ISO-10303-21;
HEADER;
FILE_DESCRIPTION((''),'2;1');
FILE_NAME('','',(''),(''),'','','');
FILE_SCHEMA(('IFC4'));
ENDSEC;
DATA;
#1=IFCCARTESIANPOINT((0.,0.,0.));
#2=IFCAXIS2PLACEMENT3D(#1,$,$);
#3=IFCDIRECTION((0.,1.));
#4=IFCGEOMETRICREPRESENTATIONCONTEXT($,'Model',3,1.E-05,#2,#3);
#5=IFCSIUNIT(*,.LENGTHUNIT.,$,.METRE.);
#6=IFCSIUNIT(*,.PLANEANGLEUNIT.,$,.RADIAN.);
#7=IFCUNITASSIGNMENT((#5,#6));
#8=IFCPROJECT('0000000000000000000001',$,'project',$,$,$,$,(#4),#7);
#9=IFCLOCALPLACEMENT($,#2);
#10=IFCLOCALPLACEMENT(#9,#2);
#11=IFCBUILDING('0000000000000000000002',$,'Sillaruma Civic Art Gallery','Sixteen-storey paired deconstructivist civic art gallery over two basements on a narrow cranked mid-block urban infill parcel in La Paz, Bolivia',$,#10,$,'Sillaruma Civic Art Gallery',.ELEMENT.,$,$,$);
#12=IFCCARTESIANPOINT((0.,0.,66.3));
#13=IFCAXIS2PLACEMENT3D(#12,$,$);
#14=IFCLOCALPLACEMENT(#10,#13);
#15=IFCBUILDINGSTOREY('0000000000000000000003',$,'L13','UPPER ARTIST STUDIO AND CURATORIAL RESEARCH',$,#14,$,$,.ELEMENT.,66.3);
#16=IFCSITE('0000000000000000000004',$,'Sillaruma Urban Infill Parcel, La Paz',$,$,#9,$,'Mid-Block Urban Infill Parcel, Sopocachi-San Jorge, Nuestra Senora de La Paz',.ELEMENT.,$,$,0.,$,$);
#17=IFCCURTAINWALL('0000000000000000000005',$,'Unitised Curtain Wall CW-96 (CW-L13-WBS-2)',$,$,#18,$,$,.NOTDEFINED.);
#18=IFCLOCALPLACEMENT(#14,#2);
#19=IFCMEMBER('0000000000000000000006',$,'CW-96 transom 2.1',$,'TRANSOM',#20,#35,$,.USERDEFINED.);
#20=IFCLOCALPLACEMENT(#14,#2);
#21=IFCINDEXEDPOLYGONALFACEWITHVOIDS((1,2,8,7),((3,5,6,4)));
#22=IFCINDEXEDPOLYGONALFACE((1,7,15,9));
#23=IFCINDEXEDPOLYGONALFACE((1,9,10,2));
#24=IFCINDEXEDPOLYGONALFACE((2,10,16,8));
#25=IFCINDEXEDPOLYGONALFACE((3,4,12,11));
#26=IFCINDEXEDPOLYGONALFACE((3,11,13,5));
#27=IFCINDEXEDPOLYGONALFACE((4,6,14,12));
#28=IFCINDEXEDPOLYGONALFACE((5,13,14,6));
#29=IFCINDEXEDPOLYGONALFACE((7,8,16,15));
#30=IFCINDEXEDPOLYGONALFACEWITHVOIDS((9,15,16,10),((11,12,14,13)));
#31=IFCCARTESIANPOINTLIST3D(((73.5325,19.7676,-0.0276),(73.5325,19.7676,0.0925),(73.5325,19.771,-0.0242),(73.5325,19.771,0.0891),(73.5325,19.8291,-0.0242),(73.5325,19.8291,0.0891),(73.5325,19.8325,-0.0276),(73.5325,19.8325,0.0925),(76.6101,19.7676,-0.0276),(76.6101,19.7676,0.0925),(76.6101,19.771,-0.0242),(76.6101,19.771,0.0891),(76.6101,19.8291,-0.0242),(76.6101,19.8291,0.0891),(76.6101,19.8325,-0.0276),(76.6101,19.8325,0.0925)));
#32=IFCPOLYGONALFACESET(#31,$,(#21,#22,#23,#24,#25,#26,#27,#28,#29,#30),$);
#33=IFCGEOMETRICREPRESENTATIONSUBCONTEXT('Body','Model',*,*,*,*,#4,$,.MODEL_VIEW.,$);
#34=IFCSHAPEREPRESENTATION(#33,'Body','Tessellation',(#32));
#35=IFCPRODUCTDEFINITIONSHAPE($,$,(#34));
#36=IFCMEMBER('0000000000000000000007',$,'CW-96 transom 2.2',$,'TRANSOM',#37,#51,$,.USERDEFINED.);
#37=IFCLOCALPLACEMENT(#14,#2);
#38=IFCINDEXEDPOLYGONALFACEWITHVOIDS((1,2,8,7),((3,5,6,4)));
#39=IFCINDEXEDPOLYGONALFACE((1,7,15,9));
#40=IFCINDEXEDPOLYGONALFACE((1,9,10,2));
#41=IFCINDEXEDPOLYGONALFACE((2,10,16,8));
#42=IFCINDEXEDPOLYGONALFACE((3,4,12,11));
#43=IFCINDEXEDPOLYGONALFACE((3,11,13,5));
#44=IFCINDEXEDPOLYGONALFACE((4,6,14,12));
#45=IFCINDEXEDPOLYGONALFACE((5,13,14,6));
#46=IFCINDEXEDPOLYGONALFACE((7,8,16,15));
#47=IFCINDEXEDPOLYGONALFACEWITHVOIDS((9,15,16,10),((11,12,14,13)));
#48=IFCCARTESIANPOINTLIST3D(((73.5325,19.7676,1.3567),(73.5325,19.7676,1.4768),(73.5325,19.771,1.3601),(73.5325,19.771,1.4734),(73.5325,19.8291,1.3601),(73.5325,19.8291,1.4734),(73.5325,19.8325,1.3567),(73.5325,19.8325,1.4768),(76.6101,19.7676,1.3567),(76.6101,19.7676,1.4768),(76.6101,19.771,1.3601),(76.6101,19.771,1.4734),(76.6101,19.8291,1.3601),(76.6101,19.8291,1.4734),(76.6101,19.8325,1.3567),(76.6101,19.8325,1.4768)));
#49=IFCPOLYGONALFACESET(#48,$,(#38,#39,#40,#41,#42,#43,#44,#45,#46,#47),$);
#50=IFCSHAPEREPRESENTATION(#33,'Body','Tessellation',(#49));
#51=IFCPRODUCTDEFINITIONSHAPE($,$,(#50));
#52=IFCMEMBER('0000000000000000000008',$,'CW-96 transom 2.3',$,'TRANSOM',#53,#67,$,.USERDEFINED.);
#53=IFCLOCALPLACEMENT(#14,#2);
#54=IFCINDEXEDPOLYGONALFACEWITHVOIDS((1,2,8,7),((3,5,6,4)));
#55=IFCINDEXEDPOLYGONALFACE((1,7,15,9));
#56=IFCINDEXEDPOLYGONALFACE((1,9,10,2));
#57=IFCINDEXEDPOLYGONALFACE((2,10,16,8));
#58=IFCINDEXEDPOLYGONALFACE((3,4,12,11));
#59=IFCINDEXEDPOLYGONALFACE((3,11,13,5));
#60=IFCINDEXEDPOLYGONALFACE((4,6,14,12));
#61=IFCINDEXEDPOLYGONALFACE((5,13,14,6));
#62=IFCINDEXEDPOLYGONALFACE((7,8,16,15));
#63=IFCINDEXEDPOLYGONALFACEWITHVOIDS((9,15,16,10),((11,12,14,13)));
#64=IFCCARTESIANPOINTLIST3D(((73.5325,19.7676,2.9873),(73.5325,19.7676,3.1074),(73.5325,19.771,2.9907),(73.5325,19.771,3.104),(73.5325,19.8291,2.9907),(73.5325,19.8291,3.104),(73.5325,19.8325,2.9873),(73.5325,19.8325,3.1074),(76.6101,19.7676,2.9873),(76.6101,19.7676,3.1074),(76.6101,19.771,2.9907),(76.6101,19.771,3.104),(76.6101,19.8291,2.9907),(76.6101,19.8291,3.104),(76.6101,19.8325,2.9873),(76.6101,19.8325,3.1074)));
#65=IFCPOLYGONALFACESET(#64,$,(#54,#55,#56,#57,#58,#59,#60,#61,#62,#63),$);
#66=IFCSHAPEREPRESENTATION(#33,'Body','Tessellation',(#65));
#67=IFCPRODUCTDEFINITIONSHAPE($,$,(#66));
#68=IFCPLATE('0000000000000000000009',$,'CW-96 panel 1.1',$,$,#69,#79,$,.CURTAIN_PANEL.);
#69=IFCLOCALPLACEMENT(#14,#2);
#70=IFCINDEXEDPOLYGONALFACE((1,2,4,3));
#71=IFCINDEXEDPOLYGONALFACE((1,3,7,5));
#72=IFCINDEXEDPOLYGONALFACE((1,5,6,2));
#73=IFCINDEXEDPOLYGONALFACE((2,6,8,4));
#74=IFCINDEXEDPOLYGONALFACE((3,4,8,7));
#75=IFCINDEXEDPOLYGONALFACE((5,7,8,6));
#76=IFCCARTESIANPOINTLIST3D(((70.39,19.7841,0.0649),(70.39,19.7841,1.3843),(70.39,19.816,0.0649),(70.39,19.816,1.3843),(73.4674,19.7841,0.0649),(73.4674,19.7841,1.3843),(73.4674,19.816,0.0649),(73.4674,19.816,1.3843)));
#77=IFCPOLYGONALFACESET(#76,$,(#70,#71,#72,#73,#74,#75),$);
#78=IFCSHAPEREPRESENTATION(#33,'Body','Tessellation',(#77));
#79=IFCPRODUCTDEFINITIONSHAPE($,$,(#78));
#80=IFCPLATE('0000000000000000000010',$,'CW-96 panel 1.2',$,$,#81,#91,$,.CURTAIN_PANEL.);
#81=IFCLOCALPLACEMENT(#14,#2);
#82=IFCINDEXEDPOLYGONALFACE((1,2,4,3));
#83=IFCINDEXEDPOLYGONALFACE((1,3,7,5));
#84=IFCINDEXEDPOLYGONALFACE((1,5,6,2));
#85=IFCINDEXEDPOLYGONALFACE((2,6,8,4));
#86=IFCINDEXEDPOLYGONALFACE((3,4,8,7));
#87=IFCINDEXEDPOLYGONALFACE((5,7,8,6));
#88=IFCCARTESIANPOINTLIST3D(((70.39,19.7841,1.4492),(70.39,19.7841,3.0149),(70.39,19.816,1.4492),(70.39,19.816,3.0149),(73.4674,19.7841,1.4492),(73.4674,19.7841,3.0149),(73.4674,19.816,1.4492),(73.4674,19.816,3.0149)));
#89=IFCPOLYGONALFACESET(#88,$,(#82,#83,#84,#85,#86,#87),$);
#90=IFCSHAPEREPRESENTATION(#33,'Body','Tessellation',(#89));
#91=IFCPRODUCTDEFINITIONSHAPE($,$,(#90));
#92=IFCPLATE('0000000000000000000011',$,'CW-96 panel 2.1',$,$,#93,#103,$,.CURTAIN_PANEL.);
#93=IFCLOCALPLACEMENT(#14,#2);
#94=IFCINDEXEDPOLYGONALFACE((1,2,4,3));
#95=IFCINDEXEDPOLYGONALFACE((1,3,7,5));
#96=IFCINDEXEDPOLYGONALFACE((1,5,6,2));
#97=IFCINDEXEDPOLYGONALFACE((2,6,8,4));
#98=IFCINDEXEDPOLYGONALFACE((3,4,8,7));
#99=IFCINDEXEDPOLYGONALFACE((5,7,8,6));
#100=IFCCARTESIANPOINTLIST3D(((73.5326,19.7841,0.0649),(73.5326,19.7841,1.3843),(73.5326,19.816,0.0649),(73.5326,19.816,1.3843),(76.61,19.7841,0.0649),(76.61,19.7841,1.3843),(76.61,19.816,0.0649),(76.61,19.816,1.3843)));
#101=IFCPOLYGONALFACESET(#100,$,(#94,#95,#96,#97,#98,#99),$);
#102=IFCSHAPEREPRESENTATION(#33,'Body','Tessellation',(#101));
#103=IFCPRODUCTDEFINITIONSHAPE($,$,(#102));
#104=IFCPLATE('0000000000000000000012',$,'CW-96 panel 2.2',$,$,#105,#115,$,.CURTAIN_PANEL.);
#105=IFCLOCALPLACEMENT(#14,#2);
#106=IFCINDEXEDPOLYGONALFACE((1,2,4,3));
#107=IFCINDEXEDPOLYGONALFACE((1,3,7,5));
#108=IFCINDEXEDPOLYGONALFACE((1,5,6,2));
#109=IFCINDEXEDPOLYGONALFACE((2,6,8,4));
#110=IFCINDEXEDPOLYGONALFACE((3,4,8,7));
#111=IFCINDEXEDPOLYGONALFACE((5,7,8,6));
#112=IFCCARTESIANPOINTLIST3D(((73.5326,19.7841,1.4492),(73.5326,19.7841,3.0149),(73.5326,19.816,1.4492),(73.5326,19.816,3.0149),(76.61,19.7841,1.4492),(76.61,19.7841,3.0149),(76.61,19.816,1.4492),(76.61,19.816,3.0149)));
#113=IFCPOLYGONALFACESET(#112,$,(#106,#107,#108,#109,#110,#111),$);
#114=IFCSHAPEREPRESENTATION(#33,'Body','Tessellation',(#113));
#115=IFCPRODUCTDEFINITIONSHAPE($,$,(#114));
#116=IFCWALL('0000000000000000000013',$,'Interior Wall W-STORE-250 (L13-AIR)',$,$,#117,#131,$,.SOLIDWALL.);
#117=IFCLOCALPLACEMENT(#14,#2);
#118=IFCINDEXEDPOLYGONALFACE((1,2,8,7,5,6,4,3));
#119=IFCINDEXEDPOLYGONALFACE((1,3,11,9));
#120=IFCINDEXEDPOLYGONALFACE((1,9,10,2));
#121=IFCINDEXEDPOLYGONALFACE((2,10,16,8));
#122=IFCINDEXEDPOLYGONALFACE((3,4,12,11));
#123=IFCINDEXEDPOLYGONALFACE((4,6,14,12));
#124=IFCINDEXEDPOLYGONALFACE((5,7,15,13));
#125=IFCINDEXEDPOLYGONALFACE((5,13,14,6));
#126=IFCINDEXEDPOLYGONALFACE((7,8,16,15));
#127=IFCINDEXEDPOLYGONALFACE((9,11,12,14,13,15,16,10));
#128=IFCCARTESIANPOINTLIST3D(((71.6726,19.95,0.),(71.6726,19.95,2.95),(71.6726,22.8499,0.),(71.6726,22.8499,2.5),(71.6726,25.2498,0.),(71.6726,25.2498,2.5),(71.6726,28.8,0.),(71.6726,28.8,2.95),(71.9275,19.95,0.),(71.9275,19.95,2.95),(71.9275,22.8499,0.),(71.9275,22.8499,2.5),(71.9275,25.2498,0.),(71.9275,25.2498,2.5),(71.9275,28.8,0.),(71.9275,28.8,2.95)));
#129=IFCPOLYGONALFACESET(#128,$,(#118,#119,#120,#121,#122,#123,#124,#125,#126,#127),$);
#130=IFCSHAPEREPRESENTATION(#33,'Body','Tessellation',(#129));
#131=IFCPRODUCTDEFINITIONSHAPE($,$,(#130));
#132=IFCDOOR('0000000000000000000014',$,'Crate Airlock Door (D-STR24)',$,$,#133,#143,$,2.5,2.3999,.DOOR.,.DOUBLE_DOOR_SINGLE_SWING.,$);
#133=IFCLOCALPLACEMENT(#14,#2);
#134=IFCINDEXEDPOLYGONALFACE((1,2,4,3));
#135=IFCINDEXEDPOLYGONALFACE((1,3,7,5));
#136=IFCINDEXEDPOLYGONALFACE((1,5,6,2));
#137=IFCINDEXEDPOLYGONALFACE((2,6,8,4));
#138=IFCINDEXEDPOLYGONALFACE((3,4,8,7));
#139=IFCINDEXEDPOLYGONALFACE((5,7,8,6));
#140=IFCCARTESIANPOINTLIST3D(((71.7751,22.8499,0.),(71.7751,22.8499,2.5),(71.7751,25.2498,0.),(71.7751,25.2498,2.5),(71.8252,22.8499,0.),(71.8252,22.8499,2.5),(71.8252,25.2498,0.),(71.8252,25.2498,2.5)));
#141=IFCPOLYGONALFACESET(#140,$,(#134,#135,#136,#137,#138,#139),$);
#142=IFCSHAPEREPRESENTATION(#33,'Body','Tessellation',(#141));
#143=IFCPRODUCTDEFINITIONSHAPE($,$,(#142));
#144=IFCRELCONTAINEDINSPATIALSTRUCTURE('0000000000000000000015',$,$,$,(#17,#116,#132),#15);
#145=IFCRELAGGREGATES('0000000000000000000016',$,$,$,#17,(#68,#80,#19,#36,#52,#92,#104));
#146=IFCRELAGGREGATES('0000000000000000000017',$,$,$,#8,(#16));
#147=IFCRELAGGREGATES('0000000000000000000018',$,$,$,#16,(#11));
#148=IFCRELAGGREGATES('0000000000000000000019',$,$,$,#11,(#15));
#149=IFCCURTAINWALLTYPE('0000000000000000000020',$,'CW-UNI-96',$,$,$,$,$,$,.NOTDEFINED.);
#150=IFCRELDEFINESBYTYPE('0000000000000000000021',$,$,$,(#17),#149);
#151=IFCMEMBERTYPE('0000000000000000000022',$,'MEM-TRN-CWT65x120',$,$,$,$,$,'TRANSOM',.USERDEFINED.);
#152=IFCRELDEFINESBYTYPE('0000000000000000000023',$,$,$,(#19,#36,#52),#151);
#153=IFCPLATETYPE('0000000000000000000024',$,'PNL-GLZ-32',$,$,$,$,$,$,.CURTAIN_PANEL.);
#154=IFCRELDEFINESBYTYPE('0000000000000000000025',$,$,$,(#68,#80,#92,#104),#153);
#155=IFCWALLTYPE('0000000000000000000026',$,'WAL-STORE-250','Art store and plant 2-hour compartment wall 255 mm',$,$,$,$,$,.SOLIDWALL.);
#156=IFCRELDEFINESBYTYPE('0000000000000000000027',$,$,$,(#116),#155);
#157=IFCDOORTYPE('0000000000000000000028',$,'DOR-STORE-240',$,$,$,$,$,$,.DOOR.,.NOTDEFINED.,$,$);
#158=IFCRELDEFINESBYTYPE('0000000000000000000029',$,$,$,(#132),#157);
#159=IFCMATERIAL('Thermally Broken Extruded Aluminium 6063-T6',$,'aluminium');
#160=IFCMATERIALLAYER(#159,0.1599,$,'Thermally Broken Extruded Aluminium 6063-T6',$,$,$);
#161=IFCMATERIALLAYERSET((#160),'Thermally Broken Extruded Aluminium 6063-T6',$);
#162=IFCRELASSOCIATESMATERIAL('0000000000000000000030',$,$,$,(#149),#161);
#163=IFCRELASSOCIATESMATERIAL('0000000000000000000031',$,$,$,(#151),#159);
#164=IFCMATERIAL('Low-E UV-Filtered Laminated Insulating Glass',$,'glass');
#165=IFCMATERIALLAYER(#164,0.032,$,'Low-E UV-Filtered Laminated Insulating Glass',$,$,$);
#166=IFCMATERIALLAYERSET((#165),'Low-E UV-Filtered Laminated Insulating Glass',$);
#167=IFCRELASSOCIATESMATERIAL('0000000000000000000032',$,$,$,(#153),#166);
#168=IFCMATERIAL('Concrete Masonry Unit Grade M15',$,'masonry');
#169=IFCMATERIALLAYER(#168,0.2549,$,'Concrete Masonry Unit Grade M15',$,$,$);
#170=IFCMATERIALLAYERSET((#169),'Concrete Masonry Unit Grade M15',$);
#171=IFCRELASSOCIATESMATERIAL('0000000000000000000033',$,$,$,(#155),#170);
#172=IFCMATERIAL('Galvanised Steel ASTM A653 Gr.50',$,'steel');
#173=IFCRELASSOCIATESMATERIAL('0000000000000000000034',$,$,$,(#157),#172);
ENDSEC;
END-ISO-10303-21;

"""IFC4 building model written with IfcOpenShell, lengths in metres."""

from ifc_helpers import new_model, si_unit, direction, frame, frame_2d, origin, origin_2d, place, context, subcontext, project, spatial, rectangle, hollow_rectangle, extrude, material, layer, layer_set, material_profile, profile_set, type_object, element, fill, aggregate, save


model = new_model("IFC4")

# Units and contexts
model_context = context("Model", 3, precision=1e-05, world=origin(), true_north=direction((0.0, 1.0)))
body_context = subcontext(model_context, "Body", "Model", "MODEL_VIEW")
ifc_project = project(units=[si_unit("LENGTHUNIT", "METRE"), si_unit("PLANEANGLEUNIT", "RADIAN")], contexts=[model_context])

# Site, building, storey
site_placement = place(None, origin())
site = spatial("IfcSite", under=ifc_project, at=site_placement, Name="Sillaruma Urban Infill Parcel, La Paz", LongName="Mid-Block Urban Infill Parcel, Sopocachi-San Jorge, Nuestra Senora de La Paz", CompositionType="ELEMENT", RefElevation=0.0)
building_placement = place(site_placement, origin())
building = spatial("IfcBuilding", under=site, at=building_placement, Name="Sillaruma Civic Art Gallery", Description="Sixteen-storey paired deconstructivist civic art gallery over two basements on a narrow cranked mid-block urban infill parcel in La Paz, Bolivia", LongName="Sillaruma Civic Art Gallery", CompositionType="ELEMENT")
storey_placement = place(building_placement, frame((0.0, 0.0, 66.3)))
storey = spatial("IfcBuildingStorey", under=building, at=storey_placement, Name="L13", Description="UPPER ARTIST STUDIO AND CURATORIAL RESEARCH", CompositionType="ELEMENT", Elevation=66.3)

# Curtain wall, members, plates
ifc_material_1 = material(Name="Thermally Broken Extruded Aluminium 6063-T6", Category="aluminium")
ifc_layer_1 = layer(ifc_material_1, 0.1599, Name="Thermally Broken Extruded Aluminium 6063-T6")
ifc_layer_set_1 = layer_set([ifc_layer_1], Name="Thermally Broken Extruded Aluminium 6063-T6")
curtain_wall_type = type_object("IfcCurtainWallType", Name="CW-UNI-96", PredefinedType="NOTDEFINED", material=ifc_layer_set_1)
curtain_wall_placement = place(storey_placement, origin())
curtain_wall = element("IfcCurtainWall", 1, at=curtain_wall_placement, inside=storey, type_object=curtain_wall_type, Name="Unitised Curtain Wall CW-96 (CW-L13-WBS-2)", PredefinedType="NOTDEFINED")
ifc_material_profile_1 = material_profile(ifc_material_1, hollow_rectangle(XDim=0.0649, YDim=0.1201, WallThickness=0.0034, at=origin_2d()), Name="CWT65x120")
ifc_profile_set_1 = profile_set([ifc_material_profile_1], Name="Thermally Broken Extruded Aluminium 6063-T6")
member_type_1 = type_object("IfcMemberType", Name="MEM-TRN-CWT65x120", ElementType="TRANSOM", PredefinedType="USERDEFINED", material=ifc_profile_set_1)
member_1_placement = place(storey_placement, frame((73.5325, 19.8, 0.0325), z_axis=(1.0, 0.0, 0.0), x_axis=(0.0, 1.0, 0.0)))
member_1 = element("IfcMember", 2, at=member_1_placement, type_object=member_type_1, Name="CW-96 transom 2.1", ObjectType="TRANSOM", PredefinedType="USERDEFINED", context=body_context, shape_type="SweptSolid", body=[
    extrude(hollow_rectangle(XDim=0.0649, YDim=0.1201, WallThickness=0.0034, at=origin_2d()), origin(), (0.0, 0.0, 1.0), 3.0776),
])
member_2_placement = place(storey_placement, frame((73.5325, 19.8, 1.4167), z_axis=(1.0, 0.0, 0.0), x_axis=(0.0, 1.0, 0.0)))
member_2 = element("IfcMember", 3, at=member_2_placement, type_object=member_type_1, Name="CW-96 transom 2.2", ObjectType="TRANSOM", PredefinedType="USERDEFINED", context=body_context, shape_type="SweptSolid", body=[
    extrude(hollow_rectangle(XDim=0.0649, YDim=0.1201, WallThickness=0.0034, at=origin_2d()), origin(), (0.0, 0.0, 1.0), 3.0776),
])
member_3_placement = place(storey_placement, frame((73.5325, 19.8, 3.0474), z_axis=(1.0, 0.0, 0.0), x_axis=(0.0, 1.0, 0.0)))
member_3 = element("IfcMember", 4, at=member_3_placement, type_object=member_type_1, Name="CW-96 transom 2.3", ObjectType="TRANSOM", PredefinedType="USERDEFINED", context=body_context, shape_type="SweptSolid", body=[
    extrude(hollow_rectangle(XDim=0.0649, YDim=0.1201, WallThickness=0.0034, at=origin_2d()), origin(), (0.0, 0.0, 1.0), 3.0776),
])
ifc_material_2 = material(Name="Low-E UV-Filtered Laminated Insulating Glass", Category="glass")
ifc_layer_2 = layer(ifc_material_2, 0.032, Name="Low-E UV-Filtered Laminated Insulating Glass")
ifc_layer_set_2 = layer_set([ifc_layer_2], Name="Low-E UV-Filtered Laminated Insulating Glass")
plate_type = type_object("IfcPlateType", Name="PNL-GLZ-32", PredefinedType="CURTAIN_PANEL", material=ifc_layer_set_2)
plate_1_placement = place(storey_placement, frame((71.9287, 19.8, 0.0649), z_axis=(0.0, 0.0, 1.0), x_axis=(1.0, 0.0, 0.0)))
plate_1 = element("IfcPlate", 5, at=plate_1_placement, type_object=plate_type, Name="CW-96 panel 1.1", PredefinedType="CURTAIN_PANEL", context=body_context, shape_type="SweptSolid", body=[
    extrude(rectangle(XDim=3.0774, YDim=0.032, at=origin_2d()), origin(), (0.0, 0.0, 1.0), 1.3193),
])
plate_2_placement = place(storey_placement, frame((71.9287, 19.8, 1.4492), z_axis=(0.0, 0.0, 1.0), x_axis=(1.0, 0.0, 0.0)))
plate_2 = element("IfcPlate", 6, at=plate_2_placement, type_object=plate_type, Name="CW-96 panel 1.2", PredefinedType="CURTAIN_PANEL", context=body_context, shape_type="SweptSolid", body=[
    extrude(rectangle(XDim=3.0774, YDim=0.032, at=origin_2d()), origin(), (0.0, 0.0, 1.0), 1.5657),
])
plate_3_placement = place(storey_placement, frame((75.0713, 19.8, 0.0649), z_axis=(0.0, 0.0, 1.0), x_axis=(1.0, 0.0, 0.0)))
plate_3 = element("IfcPlate", 7, at=plate_3_placement, type_object=plate_type, Name="CW-96 panel 2.1", PredefinedType="CURTAIN_PANEL", context=body_context, shape_type="SweptSolid", body=[
    extrude(rectangle(XDim=3.0774, YDim=0.032, at=origin_2d()), origin(), (0.0, 0.0, 1.0), 1.3193),
])
plate_4_placement = place(storey_placement, frame((75.0713, 19.8, 1.4492), z_axis=(0.0, 0.0, 1.0), x_axis=(1.0, 0.0, 0.0)))
plate_4 = element("IfcPlate", 8, at=plate_4_placement, type_object=plate_type, Name="CW-96 panel 2.2", PredefinedType="CURTAIN_PANEL", context=body_context, shape_type="SweptSolid", body=[
    extrude(rectangle(XDim=3.0774, YDim=0.032, at=origin_2d()), origin(), (0.0, 0.0, 1.0), 1.5657),
])
aggregate(curtain_wall, [plate_1, plate_2, member_1, member_2, member_3, plate_3, plate_4])

# Wall, opening, door
ifc_material_3 = material(Name="Galvanised Steel ASTM A653 Gr.50", Category="steel")
ifc_material_4 = material(Name="Concrete Masonry Unit Grade M15", Category="masonry")
ifc_layer_3 = layer(ifc_material_4, 0.2549, Name="Concrete Masonry Unit Grade M15")
ifc_layer_set_3 = layer_set([ifc_layer_3], Name="Concrete Masonry Unit Grade M15")
wall_type_1 = type_object("IfcWallType", Name="WAL-STORE-250", Description="Art store and plant 2-hour compartment wall 255 mm", PredefinedType="SOLIDWALL", material=ifc_layer_set_3)
wall_1_placement = place(storey_placement, frame((71.8, 19.95, 0.0), z_axis=(0.0, 0.0, 1.0), x_axis=(0.0, 1.0, 0.0)))
wall_1 = element("IfcWall", 9, at=wall_1_placement, inside=storey, type_object=wall_type_1, Name="Interior Wall W-STORE-250 (L13-AIR)", PredefinedType="SOLIDWALL", context=body_context, shape_type="SweptSolid", body=[
    extrude(rectangle(XDim=8.8501, YDim=0.2549, at=frame_2d((4.425, 0.0))), origin(), (0.0, 0.0, 1.0), 2.95),
])
opening_1_placement = place(wall_1_placement, frame((2.8999, 0.0, 0.0)))
opening_1 = element("IfcOpeningElement", 10, at=opening_1_placement, cuts=wall_1, PredefinedType="OPENING", context=body_context, shape_type="SweptSolid", body=[
    extrude(rectangle(XDim=2.3999, YDim=2.5, at=frame_2d((1.2, 1.25))), frame((0.0, 0.1375, 0.0), z_axis=(0.0, -1.0, 0.0), x_axis=(1.0, 0.0, 0.0)), (0.0, 0.0, 1.0), 0.2749),
])
door_type_1 = type_object("IfcDoorType", Name="DOR-STORE-240", OperationType="NOTDEFINED", PredefinedType="DOOR", material=ifc_material_3)
door_1_placement = place(opening_1_placement, origin())
door_1 = element("IfcDoor", 11, at=door_1_placement, inside=storey, type_object=door_type_1, Name="Crate Airlock Door (D-STR24)", OperationType="DOUBLE_DOOR_SINGLE_SWING", OverallHeight=2.5, OverallWidth=2.3999, PredefinedType="DOOR", context=body_context, shape_type="SweptSolid", body=[
    extrude(rectangle(XDim=2.3999, YDim=2.5, at=frame_2d((1.2, 1.25))), frame((0.0, 0.0249, 0.0), z_axis=(0.0, -1.0, 0.0), x_axis=(1.0, 0.0, 0.0)), (0.0, 0.0, 1.0), 0.05),
])
fill(opening_1, door_1)

save(model, "model.ifc")
